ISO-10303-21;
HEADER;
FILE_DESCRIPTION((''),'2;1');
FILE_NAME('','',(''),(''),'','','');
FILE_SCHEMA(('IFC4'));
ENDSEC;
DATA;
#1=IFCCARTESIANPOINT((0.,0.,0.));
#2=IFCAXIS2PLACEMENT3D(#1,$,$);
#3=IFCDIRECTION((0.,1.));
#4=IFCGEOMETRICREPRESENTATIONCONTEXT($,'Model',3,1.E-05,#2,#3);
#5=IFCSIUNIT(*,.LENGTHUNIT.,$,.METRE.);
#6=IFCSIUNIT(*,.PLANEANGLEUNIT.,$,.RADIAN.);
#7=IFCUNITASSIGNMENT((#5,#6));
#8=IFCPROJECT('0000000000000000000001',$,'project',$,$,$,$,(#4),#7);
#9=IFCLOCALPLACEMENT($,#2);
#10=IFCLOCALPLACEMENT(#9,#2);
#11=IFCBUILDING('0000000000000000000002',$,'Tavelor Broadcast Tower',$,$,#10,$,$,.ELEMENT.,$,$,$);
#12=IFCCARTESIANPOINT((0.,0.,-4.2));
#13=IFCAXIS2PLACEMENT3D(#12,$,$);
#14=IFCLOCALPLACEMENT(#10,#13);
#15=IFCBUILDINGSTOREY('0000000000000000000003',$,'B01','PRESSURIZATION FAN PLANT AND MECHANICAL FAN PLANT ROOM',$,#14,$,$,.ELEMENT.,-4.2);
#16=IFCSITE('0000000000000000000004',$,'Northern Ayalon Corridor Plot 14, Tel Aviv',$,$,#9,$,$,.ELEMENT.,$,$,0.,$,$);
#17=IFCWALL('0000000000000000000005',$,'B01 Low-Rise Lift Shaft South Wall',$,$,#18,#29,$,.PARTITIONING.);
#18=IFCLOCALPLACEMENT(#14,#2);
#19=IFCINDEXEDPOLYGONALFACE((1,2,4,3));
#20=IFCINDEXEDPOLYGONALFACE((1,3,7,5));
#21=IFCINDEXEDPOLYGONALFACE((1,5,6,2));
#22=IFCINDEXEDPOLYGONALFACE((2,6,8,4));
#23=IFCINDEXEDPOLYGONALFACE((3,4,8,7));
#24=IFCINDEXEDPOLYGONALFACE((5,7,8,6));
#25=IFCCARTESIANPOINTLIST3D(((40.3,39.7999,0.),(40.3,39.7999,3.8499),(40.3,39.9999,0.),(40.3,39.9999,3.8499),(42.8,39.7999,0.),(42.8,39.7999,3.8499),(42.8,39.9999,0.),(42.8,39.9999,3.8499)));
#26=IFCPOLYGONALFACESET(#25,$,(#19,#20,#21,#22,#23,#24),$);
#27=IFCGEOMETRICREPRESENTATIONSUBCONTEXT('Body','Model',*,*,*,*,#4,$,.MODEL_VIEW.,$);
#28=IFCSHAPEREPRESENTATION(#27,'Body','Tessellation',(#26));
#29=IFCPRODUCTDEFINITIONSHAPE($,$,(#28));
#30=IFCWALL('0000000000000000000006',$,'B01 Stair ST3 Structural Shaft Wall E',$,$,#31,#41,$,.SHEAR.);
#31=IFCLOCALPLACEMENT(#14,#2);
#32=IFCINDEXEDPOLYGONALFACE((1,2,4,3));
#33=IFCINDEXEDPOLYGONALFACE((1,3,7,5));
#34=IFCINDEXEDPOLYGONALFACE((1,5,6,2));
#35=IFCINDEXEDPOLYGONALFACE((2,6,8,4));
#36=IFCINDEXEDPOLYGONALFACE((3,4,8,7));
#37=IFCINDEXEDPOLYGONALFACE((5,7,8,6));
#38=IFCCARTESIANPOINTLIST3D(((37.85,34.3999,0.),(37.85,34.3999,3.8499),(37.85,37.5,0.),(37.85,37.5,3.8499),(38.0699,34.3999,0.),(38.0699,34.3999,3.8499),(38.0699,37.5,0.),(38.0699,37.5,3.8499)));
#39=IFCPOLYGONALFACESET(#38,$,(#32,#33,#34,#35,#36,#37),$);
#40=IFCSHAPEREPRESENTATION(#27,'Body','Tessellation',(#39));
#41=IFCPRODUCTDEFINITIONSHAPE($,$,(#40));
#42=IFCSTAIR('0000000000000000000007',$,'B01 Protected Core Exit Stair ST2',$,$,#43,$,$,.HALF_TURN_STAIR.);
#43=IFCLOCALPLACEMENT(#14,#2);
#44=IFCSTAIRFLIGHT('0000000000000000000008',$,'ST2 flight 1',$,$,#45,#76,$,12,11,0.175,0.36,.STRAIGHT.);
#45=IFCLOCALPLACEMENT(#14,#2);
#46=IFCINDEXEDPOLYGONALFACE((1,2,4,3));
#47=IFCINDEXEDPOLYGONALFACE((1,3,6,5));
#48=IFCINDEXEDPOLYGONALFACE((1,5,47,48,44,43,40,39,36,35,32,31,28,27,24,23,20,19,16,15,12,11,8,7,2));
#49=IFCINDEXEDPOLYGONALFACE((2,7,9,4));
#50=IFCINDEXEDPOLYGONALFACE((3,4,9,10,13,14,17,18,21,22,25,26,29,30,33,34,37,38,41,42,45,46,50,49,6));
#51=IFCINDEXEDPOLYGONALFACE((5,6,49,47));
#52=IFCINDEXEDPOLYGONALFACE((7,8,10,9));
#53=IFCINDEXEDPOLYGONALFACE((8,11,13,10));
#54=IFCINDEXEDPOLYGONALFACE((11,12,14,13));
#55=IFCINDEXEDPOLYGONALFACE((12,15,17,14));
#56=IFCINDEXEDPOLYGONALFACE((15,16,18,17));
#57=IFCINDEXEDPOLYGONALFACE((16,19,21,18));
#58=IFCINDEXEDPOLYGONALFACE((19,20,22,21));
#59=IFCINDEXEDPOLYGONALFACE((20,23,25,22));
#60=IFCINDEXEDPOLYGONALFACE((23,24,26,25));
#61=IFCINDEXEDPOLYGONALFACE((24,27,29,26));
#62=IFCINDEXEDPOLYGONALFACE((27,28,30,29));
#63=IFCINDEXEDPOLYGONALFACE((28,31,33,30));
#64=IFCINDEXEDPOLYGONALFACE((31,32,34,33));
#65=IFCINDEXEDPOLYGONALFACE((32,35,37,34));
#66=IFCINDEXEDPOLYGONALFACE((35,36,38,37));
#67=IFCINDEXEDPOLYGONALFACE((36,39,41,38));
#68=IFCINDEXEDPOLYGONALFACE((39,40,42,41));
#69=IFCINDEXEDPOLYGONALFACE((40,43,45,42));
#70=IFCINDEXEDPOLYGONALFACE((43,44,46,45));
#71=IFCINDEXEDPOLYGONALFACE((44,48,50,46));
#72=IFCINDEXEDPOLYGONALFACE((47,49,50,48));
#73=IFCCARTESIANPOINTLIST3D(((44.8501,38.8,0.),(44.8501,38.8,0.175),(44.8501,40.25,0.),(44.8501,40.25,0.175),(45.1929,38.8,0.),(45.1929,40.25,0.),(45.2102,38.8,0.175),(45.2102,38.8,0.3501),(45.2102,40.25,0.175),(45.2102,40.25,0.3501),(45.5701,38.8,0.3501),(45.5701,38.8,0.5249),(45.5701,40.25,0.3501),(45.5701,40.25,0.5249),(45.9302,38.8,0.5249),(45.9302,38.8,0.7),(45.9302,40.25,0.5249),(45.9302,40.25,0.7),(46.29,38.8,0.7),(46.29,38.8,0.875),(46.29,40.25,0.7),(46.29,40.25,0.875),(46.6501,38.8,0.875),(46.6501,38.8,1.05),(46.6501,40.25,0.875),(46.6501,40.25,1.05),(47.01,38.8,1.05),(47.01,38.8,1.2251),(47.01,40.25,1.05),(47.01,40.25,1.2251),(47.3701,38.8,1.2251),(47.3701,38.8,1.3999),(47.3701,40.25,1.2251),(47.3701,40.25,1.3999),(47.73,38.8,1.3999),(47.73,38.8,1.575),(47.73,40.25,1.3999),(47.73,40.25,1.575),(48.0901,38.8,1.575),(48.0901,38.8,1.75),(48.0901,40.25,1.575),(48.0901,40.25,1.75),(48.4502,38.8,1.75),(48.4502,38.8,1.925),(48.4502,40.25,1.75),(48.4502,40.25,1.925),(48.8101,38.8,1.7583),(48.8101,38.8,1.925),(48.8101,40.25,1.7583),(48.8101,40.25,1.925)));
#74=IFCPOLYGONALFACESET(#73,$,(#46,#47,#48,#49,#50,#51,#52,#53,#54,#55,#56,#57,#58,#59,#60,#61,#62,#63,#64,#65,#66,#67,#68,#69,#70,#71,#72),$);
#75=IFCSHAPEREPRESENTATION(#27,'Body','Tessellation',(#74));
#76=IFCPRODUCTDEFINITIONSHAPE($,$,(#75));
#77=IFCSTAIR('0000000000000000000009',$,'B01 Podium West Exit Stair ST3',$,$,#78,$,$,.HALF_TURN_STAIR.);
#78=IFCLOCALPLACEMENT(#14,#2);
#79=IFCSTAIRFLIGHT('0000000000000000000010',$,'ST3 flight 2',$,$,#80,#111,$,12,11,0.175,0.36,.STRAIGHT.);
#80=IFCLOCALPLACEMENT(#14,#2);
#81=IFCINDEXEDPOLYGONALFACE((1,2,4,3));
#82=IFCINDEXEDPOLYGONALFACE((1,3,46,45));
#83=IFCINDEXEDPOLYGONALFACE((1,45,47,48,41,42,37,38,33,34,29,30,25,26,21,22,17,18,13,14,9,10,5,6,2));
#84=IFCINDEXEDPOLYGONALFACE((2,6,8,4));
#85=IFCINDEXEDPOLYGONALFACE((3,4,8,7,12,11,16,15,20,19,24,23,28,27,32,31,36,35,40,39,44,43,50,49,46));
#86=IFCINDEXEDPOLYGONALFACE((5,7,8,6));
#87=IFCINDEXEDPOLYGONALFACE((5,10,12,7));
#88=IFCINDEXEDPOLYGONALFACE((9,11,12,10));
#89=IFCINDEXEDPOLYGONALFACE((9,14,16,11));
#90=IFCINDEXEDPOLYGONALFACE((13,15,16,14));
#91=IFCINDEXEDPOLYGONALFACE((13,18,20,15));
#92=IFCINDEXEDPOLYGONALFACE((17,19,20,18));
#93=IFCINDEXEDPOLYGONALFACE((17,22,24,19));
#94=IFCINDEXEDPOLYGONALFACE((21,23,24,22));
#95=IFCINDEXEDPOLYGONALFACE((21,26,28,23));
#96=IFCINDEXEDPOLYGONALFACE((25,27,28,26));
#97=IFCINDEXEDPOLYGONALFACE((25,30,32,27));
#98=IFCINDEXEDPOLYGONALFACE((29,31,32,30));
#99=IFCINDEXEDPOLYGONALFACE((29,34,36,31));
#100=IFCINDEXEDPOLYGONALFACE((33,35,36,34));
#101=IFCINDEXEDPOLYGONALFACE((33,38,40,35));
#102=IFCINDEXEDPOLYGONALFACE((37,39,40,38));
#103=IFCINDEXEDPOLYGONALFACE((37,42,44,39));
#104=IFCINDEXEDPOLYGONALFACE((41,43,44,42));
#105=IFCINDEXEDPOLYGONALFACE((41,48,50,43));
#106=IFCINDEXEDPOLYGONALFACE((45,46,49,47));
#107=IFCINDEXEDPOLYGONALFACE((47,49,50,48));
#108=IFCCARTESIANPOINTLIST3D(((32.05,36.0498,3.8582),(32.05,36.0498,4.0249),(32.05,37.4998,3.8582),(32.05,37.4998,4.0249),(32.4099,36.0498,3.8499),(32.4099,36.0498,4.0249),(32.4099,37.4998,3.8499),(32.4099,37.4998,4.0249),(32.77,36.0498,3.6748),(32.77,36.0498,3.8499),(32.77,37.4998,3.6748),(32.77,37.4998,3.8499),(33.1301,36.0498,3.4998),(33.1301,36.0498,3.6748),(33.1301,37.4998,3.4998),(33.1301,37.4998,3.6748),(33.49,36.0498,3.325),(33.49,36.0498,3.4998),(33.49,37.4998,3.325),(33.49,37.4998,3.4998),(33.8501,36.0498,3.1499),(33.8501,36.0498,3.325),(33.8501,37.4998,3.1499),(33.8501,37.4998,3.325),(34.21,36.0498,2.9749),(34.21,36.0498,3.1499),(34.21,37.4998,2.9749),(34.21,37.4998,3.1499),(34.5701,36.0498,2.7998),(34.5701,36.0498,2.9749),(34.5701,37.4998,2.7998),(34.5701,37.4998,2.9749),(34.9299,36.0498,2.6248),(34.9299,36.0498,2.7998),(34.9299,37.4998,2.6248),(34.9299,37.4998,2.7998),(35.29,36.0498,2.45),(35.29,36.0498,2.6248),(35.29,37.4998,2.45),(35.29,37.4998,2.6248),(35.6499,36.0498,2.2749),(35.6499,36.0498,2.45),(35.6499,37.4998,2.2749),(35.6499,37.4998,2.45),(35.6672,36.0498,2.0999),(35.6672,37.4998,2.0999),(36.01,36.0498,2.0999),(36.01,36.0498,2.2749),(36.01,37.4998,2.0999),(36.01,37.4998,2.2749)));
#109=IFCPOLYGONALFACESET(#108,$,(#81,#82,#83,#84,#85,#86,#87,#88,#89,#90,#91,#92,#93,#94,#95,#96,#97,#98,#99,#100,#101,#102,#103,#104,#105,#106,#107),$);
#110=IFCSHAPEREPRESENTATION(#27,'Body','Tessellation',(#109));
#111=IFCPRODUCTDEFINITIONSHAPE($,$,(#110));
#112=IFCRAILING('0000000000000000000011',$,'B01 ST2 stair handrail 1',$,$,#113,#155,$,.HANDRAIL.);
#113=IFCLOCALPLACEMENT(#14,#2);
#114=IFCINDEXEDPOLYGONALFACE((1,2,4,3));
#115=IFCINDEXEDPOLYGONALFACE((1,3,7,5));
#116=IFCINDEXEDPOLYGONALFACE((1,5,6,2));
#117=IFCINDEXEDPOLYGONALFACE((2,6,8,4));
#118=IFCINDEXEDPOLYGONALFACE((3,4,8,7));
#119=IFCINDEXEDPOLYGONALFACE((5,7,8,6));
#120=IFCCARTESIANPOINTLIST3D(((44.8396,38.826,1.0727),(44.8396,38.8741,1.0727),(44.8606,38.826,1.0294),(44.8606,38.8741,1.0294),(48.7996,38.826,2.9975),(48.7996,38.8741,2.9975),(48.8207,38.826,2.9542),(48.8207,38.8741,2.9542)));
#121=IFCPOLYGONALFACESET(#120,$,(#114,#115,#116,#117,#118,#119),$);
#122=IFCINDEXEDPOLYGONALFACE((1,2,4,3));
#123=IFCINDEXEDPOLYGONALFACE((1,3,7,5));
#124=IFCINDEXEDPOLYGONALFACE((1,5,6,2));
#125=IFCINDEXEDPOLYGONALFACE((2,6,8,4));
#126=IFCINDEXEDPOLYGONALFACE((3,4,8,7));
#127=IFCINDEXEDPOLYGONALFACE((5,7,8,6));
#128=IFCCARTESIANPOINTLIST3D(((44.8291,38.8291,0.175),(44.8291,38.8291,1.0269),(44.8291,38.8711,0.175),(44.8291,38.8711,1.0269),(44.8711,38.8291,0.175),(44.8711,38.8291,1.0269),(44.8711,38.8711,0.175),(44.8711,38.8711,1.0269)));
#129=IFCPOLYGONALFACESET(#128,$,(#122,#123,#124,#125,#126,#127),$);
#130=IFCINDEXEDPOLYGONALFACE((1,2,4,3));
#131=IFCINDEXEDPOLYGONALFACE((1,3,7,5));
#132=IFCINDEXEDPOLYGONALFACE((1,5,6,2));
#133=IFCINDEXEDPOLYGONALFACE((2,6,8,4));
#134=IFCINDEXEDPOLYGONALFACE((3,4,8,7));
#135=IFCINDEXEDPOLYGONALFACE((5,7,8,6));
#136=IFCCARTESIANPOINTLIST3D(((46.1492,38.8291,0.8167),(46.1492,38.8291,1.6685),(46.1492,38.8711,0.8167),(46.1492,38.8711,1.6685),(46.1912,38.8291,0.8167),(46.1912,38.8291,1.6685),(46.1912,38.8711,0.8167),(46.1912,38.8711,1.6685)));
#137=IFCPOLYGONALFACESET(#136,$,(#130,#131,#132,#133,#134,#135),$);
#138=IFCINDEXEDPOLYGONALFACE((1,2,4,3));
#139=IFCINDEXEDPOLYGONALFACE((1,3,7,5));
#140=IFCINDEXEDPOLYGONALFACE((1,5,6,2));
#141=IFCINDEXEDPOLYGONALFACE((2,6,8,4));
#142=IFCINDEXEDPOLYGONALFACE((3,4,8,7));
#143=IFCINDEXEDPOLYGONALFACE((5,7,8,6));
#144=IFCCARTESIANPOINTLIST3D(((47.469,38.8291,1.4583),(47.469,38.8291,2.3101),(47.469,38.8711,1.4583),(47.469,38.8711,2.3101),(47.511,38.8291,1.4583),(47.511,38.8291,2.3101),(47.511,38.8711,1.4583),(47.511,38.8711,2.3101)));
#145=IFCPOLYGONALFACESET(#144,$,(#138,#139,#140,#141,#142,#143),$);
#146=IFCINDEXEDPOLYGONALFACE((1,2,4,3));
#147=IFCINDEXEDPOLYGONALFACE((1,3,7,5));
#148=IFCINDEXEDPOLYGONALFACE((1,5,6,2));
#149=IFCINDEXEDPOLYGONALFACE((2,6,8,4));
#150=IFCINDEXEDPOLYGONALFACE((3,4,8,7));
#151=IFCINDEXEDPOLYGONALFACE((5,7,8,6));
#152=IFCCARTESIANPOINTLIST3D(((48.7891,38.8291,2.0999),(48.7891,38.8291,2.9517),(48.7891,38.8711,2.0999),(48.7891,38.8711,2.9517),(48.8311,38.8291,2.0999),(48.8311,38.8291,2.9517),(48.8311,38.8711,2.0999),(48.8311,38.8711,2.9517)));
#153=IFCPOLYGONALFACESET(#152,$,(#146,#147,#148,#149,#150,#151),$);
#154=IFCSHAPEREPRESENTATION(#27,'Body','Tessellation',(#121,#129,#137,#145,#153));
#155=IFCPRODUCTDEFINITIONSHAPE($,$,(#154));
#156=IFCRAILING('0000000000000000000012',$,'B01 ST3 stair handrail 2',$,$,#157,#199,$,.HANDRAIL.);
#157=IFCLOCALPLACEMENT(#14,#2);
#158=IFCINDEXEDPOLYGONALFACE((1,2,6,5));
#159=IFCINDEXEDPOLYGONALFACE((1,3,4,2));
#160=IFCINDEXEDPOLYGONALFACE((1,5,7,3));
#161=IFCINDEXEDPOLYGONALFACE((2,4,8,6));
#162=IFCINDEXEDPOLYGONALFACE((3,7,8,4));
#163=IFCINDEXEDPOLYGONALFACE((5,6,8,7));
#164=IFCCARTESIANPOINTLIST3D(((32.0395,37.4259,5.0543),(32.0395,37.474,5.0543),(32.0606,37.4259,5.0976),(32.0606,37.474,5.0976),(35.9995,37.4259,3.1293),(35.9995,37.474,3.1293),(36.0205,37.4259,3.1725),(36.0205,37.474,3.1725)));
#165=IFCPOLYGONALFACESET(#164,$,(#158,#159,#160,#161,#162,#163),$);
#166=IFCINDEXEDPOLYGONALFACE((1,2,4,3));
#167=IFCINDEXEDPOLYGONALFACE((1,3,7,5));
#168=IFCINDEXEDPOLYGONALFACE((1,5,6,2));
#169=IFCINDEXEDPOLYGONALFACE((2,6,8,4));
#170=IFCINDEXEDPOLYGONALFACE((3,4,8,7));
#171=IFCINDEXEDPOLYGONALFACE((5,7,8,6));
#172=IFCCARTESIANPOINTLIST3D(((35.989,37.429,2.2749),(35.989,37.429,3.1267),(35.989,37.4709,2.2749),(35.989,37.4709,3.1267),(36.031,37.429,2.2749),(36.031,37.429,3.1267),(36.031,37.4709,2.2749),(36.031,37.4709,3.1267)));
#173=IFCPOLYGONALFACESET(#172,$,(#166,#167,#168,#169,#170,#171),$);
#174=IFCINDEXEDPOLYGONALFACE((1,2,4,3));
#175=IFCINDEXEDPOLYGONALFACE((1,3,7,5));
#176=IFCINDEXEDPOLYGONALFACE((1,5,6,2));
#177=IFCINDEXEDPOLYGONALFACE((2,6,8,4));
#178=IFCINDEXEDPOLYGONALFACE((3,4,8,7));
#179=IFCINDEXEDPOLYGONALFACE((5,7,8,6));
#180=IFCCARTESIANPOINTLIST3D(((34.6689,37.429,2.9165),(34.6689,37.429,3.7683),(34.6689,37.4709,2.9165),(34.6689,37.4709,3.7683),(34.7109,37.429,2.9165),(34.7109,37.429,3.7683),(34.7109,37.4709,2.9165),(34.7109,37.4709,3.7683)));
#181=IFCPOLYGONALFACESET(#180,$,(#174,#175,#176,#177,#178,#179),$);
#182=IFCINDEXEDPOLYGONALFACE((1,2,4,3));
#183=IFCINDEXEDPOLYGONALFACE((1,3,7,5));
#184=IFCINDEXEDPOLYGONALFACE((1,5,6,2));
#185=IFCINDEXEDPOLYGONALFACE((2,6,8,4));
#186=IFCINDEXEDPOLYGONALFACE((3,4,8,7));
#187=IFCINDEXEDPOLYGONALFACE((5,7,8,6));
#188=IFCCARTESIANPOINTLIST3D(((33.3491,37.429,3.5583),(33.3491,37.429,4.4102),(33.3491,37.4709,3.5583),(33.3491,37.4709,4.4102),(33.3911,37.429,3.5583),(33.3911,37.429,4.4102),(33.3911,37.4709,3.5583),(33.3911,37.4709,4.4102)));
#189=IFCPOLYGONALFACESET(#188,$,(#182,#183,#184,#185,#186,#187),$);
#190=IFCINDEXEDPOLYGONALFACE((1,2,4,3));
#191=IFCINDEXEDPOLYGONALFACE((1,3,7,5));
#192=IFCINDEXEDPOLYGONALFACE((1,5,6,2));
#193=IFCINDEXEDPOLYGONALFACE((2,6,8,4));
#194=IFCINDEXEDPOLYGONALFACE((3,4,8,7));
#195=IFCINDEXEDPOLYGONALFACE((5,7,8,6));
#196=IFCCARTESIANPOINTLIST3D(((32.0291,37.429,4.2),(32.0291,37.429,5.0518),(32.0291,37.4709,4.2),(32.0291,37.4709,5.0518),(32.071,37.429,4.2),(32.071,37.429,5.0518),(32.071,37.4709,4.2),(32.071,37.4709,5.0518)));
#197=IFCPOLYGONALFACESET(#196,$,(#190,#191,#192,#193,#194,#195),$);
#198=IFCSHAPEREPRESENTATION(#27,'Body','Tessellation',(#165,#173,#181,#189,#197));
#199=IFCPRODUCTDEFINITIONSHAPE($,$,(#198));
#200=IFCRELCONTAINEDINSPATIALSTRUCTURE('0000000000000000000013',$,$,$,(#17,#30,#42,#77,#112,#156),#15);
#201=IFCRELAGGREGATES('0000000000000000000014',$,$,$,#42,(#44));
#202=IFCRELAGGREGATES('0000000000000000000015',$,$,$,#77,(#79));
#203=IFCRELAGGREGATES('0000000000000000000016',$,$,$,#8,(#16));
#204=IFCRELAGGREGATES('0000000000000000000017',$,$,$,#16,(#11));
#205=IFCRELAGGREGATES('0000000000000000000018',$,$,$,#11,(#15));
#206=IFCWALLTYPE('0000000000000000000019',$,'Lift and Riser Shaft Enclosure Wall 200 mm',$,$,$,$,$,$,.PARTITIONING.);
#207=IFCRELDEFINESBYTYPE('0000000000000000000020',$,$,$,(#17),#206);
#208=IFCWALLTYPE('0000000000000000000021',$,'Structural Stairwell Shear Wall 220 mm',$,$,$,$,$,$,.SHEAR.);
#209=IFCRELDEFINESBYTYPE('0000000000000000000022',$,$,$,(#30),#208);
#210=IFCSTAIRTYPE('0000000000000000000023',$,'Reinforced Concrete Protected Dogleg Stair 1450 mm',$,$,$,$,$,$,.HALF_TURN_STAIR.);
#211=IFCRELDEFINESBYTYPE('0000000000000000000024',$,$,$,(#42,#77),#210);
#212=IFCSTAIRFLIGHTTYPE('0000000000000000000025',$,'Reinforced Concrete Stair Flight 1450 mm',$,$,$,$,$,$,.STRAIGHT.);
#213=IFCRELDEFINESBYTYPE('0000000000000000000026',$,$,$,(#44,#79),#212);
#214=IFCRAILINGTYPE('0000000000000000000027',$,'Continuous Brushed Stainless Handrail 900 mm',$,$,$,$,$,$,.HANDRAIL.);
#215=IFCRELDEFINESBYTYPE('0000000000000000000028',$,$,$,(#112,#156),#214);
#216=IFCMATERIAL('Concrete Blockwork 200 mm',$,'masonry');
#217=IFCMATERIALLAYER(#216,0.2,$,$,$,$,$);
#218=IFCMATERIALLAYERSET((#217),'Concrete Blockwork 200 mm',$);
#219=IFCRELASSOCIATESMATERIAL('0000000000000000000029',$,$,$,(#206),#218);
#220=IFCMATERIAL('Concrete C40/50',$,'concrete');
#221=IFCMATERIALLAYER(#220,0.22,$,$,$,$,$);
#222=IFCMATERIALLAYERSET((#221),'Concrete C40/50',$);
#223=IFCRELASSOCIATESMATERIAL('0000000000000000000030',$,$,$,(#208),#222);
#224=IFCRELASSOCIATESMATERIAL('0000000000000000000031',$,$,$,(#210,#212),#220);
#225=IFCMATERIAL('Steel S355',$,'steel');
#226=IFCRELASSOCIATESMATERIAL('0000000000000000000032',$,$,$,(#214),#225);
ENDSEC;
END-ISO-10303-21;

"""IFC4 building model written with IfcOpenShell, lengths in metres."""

from ifc_helpers import new_model, si_unit, direction, frame, frame_2d, origin, origin_2d, place, context, subcontext, project, spatial, polyline, rectangle, outline, extrude, material, layer, layer_set, type_object, element, aggregate, save


model = new_model("IFC4")

# Units and contexts
model_context = context("Model", 3, precision=1e-05, world=origin(), true_north=direction((0.0, 1.0)))
body_context = subcontext(model_context, "Body", "Model", "MODEL_VIEW")
ifc_project = project(units=[si_unit("LENGTHUNIT", "METRE"), si_unit("PLANEANGLEUNIT", "RADIAN")], contexts=[model_context])

# Site, building, storey
site_placement = place(None, origin())
site = spatial("IfcSite", under=ifc_project, at=site_placement, Name="Northern Ayalon Corridor Plot 14, Tel Aviv", CompositionType="ELEMENT", RefElevation=0.0)
building_placement = place(site_placement, origin())
building = spatial("IfcBuilding", under=site, at=building_placement, Name="Tavelor Broadcast Tower", CompositionType="ELEMENT")
storey_placement = place(building_placement, frame((0.0, 0.0, -4.2)))
storey = spatial("IfcBuildingStorey", under=building, at=storey_placement, Name="B01", Description="PRESSURIZATION FAN PLANT AND MECHANICAL FAN PLANT ROOM", CompositionType="ELEMENT", Elevation=-4.2)

# Shared definitions
ifc_material_1 = material(Name="Steel S355", Category="steel")

# Shared definitions
ifc_material_2 = material(Name="Concrete C40/50", Category="concrete")

# Walls
ifc_material_3 = material(Name="Concrete Blockwork 200 mm", Category="masonry")
ifc_layer_1 = layer(ifc_material_3, 0.2)
ifc_layer_set_1 = layer_set([ifc_layer_1], Name="Concrete Blockwork 200 mm")
wall_type_1 = type_object("IfcWallType", Name="Lift and Riser Shaft Enclosure Wall 200 mm", PredefinedType="PARTITIONING", material=ifc_layer_set_1)
wall_1_placement = place(storey_placement, frame((40.3, 39.8999, 0.0), z_axis=(0.0, 0.0, 1.0), x_axis=(1.0, 0.0, 0.0)))
element("IfcWall", 1, at=wall_1_placement, inside=storey, type_object=wall_type_1, Name="B01 Low-Rise Lift Shaft South Wall", PredefinedType="PARTITIONING", context=body_context, shape_type="SweptSolid", body=[
    extrude(rectangle(XDim=2.5, YDim=0.2, at=frame_2d((1.25, 0.0))), origin(), (0.0, 0.0, 1.0), 3.8499),
])
ifc_layer_2 = layer(ifc_material_2, 0.22)
ifc_layer_set_2 = layer_set([ifc_layer_2], Name="Concrete C40/50")
wall_type_2 = type_object("IfcWallType", Name="Structural Stairwell Shear Wall 220 mm", PredefinedType="SHEAR", material=ifc_layer_set_2)
wall_2_placement = place(storey_placement, frame((37.96, 34.3999, 0.0), z_axis=(0.0, 0.0, 1.0), x_axis=(0.0, 1.0, 0.0)))
element("IfcWall", 2, at=wall_2_placement, inside=storey, type_object=wall_type_2, Name="B01 Stair ST3 Structural Shaft Wall E", PredefinedType="SHEAR", context=body_context, shape_type="SweptSolid", body=[
    extrude(rectangle(XDim=3.1001, YDim=0.22, at=frame_2d((1.55, 0.0))), origin(), (0.0, 0.0, 1.0), 3.8499),
])

# Stairs, stair flights
stair_type = type_object("IfcStairType", Name="Reinforced Concrete Protected Dogleg Stair 1450 mm", PredefinedType="HALF_TURN_STAIR", material=ifc_material_2)
stair_1_placement = place(storey_placement, origin())
stair_1 = element("IfcStair", 3, at=stair_1_placement, inside=storey, type_object=stair_type, Name="B01 Protected Core Exit Stair ST2", PredefinedType="HALF_TURN_STAIR")
stair_flight_type = type_object("IfcStairFlightType", Name="Reinforced Concrete Stair Flight 1450 mm", PredefinedType="STRAIGHT", material=ifc_material_2)
stair_flight_1_placement = place(storey_placement, frame((44.8501, 39.5249, 0.0), z_axis=(0.0, 0.0, 1.0), x_axis=(1.0, 0.0, 0.0)))
stair_flight_1 = element("IfcStairFlight", 4, at=stair_flight_1_placement, type_object=stair_flight_type, Name="ST2 flight 1", NumberOfRisers=12, NumberOfTreads=11, PredefinedType="STRAIGHT", RiserHeight=0.175, TreadLength=0.36, context=body_context, shape_type="SweptSolid", body=[
    extrude(outline(polyline([(0.0, 0.0), (0.0, 0.175), (0.3601, 0.175), (0.3601, 0.3501), (0.72, 0.3501), (0.72, 0.5249), (1.0801, 0.5249), (1.0801, 0.7), (1.4399, 0.7), (1.4399, 0.875), (1.8, 0.875), (1.8, 1.05), (2.1599, 1.05), (2.1599, 1.2251), (2.52, 1.2251), (2.52, 1.3999), (2.8799, 1.3999), (2.8799, 1.575), (3.24, 1.575), (3.24, 1.75), (3.6001, 1.75), (3.6001, 1.925), (3.96, 1.925), (3.96, 2.1001), (3.96, 1.7583), (0.3428, 0.0), (0.0, 0.0)])), frame((0.0, 0.7251, 0.0), z_axis=(0.0, -1.0, 0.0), x_axis=(1.0, 0.0, 0.0)), (0.0, 0.0, 1.0), 1.45),
])
aggregate(stair_1, [stair_flight_1])
stair_2_placement = place(storey_placement, origin())
stair_2 = element("IfcStair", 5, at=stair_2_placement, inside=storey, type_object=stair_type, Name="B01 Podium West Exit Stair ST3", PredefinedType="HALF_TURN_STAIR")
stair_flight_2_placement = place(storey_placement, frame((36.01, 36.7749, 2.0999), z_axis=(0.0, 0.0, 1.0), x_axis=(-1.0, 0.0, 0.0)))
stair_flight_2 = element("IfcStairFlight", 6, at=stair_flight_2_placement, type_object=stair_flight_type, Name="ST3 flight 2", NumberOfRisers=12, NumberOfTreads=11, PredefinedType="STRAIGHT", RiserHeight=0.175, TreadLength=0.36, context=body_context, shape_type="SweptSolid", body=[
    extrude(outline(polyline([(0.0, 0.0), (0.0, 0.175), (0.3601, 0.175), (0.3601, 0.3501), (0.72, 0.3501), (0.72, 0.5249), (1.0801, 0.5249), (1.0801, 0.7), (1.4399, 0.7), (1.4399, 0.875), (1.8, 0.875), (1.8, 1.05), (2.1599, 1.05), (2.1599, 1.2251), (2.52, 1.2251), (2.52, 1.3999), (2.8799, 1.3999), (2.8799, 1.575), (3.24, 1.575), (3.24, 1.75), (3.6001, 1.75), (3.6001, 1.925), (3.96, 1.925), (3.96, 2.1001), (3.96, 1.7583), (0.3428, 0.0), (0.0, 0.0)])), frame((0.0, 0.7251, 0.0), z_axis=(0.0, -1.0, 0.0), x_axis=(1.0, 0.0, 0.0)), (0.0, 0.0, 1.0), 1.45),
])
aggregate(stair_2, [stair_flight_2])

# Railings
railing_type_1 = type_object("IfcRailingType", Name="Continuous Brushed Stainless Handrail 900 mm", PredefinedType="HANDRAIL", material=ifc_material_1)
railing_1_placement = place(storey_placement, frame((44.8501, 38.8501, 0.175)))
element("IfcRailing", 7, at=railing_1_placement, inside=storey, type_object=railing_type_1, Name="B01 ST2 stair handrail 1", PredefinedType="HANDRAIL", context=body_context, shape_type="SweptSolid", body=[
    extrude(rectangle(XDim=0.0481, YDim=0.0481, at=origin_2d()), frame((0.0, 0.0, 0.876), z_axis=(0.899384, 0.0, 0.43716), x_axis=(0.0, 1.0, 0.0)), (0.0, 0.0, 1.0), 4.4031),
    extrude(rectangle(XDim=0.042, YDim=0.042, at=origin_2d()), origin(), (0.0, 0.0, 1.0), 0.8518),
    extrude(rectangle(XDim=0.042, YDim=0.042, at=origin_2d()), frame((1.3201, 0.0, 0.6416)), (0.0, 0.0, 1.0), 0.8518),
    extrude(rectangle(XDim=0.042, YDim=0.042, at=origin_2d()), frame((2.6399, 0.0, 1.2832)), (0.0, 0.0, 1.0), 0.8518),
    extrude(rectangle(XDim=0.042, YDim=0.042, at=origin_2d()), frame((3.96, 0.0, 1.9248)), (0.0, 0.0, 1.0), 0.8518),
])
railing_2_placement = place(storey_placement, frame((36.01, 37.45, 2.2749)))
element("IfcRailing", 8, at=railing_2_placement, inside=storey, type_object=railing_type_1, Name="B01 ST3 stair handrail 2", PredefinedType="HANDRAIL", context=body_context, shape_type="SweptSolid", body=[
    extrude(rectangle(XDim=0.0481, YDim=0.0481, at=origin_2d()), frame((0.0, 0.0, 0.876), z_axis=(-0.899362, 0.0, 0.437205), x_axis=(0.0, -1.0, 0.0)), (0.0, 0.0, 1.0), 4.4031),
    extrude(rectangle(XDim=0.042, YDim=0.042, at=origin_2d()), origin(), (0.0, 0.0, 1.0), 0.8518),
    extrude(rectangle(XDim=0.042, YDim=0.042, at=origin_2d()), frame((-1.3201, 0.0, 0.6416)), (0.0, 0.0, 1.0), 0.8518),
    extrude(rectangle(XDim=0.042, YDim=0.042, at=origin_2d()), frame((-2.6399, 0.0, 1.2834)), (0.0, 0.0, 1.0), 0.8518),
    extrude(rectangle(XDim=0.042, YDim=0.042, at=origin_2d()), frame((-3.96, 0.0, 1.925)), (0.0, 0.0, 1.0), 0.8518),
])

save(model, "model.ifc")
